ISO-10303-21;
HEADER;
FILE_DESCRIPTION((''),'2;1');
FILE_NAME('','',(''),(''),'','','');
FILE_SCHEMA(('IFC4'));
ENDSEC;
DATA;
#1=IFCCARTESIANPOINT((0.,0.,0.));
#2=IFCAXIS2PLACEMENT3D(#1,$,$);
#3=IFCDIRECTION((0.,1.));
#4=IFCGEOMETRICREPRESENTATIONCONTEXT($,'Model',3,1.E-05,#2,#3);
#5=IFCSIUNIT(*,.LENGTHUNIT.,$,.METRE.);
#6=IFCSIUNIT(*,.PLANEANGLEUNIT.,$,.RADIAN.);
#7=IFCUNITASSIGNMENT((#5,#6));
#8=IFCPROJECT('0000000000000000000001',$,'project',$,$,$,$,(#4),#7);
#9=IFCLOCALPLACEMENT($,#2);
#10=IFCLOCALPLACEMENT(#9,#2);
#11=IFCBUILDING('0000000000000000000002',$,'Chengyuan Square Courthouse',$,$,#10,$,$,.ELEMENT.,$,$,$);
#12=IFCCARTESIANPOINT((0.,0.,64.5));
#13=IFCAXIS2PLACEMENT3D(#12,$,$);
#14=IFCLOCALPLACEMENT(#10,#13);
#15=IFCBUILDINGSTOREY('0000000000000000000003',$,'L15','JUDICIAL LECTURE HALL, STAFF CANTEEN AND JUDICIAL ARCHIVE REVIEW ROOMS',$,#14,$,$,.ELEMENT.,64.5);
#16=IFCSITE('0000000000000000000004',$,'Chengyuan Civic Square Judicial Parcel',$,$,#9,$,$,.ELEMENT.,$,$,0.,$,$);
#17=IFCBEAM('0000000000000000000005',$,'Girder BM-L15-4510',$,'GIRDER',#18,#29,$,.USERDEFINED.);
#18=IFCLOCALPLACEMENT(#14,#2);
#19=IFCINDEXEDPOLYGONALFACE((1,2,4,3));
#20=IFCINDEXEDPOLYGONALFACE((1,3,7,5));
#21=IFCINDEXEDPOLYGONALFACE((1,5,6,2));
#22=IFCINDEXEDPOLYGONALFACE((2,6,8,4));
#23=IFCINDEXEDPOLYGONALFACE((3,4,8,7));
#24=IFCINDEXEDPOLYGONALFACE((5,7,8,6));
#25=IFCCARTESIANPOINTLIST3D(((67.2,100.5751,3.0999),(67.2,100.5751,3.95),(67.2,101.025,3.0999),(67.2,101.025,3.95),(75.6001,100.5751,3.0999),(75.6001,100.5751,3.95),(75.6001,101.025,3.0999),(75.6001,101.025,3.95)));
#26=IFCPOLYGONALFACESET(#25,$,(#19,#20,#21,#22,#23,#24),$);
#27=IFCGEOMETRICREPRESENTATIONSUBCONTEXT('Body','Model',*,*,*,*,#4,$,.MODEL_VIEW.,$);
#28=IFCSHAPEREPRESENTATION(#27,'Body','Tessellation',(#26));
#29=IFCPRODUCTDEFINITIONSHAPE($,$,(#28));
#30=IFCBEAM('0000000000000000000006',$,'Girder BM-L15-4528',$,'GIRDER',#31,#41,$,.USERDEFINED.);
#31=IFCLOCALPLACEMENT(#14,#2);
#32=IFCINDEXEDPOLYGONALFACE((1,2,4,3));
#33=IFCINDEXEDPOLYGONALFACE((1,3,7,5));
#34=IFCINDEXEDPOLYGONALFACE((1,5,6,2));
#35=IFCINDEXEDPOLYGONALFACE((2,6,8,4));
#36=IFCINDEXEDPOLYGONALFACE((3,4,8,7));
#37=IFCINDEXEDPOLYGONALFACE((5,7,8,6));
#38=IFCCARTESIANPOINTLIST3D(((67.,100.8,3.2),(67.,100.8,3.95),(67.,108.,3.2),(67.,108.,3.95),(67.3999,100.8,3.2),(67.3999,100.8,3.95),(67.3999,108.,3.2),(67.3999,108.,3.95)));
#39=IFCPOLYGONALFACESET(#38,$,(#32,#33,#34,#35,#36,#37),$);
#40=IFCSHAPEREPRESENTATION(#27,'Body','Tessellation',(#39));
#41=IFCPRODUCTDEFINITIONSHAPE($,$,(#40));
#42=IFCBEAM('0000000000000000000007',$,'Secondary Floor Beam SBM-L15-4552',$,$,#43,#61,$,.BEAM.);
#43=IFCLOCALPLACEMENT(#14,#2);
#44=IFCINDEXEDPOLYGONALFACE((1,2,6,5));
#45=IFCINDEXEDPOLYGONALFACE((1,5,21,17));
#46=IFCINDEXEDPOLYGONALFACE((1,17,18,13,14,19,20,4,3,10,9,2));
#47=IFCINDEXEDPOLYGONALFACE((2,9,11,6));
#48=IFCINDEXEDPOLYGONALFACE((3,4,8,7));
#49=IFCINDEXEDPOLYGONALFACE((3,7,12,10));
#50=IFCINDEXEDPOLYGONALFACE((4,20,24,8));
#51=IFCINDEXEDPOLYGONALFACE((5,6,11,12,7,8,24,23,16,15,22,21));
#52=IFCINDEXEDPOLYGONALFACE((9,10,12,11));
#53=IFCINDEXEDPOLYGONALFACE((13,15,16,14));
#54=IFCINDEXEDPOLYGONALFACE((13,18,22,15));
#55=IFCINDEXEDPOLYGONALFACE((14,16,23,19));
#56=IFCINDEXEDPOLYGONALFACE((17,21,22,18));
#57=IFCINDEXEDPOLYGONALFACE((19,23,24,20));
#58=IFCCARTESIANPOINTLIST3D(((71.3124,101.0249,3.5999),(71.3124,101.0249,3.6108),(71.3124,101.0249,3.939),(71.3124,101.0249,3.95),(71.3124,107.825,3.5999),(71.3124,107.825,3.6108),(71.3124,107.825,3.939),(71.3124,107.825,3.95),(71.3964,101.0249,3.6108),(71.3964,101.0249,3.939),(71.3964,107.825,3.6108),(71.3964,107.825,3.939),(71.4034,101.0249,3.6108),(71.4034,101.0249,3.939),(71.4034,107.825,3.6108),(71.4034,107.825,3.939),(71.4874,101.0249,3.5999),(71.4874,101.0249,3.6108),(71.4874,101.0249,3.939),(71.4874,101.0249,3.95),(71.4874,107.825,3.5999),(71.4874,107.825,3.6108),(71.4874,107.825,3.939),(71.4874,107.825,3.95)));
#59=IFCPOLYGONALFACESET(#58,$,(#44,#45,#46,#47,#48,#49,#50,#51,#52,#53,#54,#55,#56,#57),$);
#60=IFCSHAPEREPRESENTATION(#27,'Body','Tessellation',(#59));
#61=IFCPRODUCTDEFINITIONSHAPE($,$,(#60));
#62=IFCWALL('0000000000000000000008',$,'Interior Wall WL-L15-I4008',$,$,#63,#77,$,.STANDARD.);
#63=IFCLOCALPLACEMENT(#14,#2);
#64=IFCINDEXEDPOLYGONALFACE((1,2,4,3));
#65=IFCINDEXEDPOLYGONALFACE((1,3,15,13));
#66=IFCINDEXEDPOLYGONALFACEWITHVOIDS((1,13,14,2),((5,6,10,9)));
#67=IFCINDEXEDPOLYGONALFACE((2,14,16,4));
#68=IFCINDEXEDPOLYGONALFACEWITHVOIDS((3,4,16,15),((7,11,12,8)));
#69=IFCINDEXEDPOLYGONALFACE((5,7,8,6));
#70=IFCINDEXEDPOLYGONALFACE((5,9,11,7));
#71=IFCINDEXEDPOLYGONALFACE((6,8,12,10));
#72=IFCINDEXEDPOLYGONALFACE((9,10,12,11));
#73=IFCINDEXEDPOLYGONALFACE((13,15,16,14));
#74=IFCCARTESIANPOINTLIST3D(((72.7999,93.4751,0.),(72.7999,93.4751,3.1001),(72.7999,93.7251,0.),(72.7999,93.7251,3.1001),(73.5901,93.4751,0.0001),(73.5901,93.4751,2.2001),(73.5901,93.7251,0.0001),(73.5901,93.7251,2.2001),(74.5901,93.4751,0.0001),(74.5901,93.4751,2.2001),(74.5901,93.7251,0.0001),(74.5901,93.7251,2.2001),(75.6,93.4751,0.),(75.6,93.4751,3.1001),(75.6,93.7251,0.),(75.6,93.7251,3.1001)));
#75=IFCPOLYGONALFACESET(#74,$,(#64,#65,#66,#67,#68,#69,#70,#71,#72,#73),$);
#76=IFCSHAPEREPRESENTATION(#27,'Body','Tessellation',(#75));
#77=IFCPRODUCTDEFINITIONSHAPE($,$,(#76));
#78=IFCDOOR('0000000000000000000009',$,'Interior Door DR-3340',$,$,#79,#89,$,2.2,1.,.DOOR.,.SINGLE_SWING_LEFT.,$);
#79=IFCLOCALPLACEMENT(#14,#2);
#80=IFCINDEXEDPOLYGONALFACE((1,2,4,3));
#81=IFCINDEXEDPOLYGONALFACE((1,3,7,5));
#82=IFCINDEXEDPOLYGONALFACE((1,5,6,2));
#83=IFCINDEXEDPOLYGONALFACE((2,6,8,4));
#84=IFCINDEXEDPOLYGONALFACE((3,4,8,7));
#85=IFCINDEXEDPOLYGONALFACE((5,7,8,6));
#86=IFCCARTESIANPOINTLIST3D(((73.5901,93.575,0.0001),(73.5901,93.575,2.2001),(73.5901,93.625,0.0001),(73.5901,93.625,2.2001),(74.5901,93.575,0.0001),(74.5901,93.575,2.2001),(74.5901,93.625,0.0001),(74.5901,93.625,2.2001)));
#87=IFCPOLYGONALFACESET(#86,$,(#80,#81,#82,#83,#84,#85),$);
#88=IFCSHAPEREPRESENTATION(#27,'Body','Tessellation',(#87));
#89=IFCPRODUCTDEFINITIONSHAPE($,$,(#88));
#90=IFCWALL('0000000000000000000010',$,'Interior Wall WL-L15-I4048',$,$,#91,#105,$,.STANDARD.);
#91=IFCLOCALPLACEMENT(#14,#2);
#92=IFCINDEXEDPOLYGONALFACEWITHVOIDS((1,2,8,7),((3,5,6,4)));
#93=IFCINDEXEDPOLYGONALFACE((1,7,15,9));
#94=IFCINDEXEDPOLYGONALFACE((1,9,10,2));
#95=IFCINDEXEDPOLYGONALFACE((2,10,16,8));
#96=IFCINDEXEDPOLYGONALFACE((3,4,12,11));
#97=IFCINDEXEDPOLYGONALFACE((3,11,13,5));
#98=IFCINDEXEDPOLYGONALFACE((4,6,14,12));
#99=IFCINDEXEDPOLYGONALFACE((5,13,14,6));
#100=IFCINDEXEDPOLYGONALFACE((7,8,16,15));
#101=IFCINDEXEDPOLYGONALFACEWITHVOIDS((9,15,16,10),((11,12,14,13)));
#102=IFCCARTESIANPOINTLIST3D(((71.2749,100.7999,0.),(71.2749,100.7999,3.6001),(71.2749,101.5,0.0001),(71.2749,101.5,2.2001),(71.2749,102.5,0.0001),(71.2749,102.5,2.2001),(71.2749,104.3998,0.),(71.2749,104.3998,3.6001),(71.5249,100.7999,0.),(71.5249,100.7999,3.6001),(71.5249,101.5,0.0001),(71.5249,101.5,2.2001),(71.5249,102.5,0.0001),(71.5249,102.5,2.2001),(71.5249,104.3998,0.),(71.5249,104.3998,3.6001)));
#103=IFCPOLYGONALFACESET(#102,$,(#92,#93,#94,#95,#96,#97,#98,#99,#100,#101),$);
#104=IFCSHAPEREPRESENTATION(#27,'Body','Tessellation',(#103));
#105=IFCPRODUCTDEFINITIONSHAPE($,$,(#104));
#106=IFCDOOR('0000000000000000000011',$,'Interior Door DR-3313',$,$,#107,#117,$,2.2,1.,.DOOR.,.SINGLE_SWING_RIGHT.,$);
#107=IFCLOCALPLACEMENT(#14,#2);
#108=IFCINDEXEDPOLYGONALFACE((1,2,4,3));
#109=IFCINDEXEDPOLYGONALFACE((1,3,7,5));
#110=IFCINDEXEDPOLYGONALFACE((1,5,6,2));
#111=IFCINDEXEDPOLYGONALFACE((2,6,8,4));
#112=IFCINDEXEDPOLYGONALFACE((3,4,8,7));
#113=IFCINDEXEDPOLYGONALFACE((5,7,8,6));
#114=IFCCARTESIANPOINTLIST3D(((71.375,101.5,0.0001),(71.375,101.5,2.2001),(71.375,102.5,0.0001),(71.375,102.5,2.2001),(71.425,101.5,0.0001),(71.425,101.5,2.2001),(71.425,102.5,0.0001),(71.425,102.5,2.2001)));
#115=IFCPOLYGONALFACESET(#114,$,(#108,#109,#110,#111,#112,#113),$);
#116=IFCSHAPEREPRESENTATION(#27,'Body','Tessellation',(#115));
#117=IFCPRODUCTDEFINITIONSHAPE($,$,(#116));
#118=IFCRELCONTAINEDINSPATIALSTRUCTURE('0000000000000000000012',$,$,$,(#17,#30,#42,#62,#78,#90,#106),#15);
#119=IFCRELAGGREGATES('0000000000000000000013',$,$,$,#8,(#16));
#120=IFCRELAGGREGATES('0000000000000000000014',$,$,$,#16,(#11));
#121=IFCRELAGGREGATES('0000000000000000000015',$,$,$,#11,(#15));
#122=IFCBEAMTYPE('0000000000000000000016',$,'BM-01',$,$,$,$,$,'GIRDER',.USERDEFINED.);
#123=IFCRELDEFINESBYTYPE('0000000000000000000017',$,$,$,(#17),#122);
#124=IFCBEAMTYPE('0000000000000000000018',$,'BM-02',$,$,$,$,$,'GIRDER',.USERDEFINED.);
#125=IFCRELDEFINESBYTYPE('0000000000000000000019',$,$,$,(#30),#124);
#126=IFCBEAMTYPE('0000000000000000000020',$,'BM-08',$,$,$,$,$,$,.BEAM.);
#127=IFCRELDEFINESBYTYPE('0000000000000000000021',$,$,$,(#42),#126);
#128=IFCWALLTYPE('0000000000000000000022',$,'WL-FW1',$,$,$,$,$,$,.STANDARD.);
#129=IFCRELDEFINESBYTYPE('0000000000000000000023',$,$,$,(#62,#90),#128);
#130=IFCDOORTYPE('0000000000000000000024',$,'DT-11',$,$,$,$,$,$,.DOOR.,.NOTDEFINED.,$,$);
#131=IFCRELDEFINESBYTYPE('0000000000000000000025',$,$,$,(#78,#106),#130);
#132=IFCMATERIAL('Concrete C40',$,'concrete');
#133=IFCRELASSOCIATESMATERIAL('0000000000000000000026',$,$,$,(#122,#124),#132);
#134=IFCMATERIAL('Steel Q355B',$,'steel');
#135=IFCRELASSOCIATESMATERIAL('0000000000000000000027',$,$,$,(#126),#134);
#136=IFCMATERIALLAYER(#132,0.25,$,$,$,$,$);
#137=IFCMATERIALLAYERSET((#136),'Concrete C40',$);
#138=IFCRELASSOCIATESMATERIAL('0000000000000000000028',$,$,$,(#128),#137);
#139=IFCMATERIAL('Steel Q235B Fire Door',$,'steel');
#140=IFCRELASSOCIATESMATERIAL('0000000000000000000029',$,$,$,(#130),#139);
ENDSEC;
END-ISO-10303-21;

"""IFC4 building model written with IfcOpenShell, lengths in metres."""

from ifc_helpers import new_model, si_unit, direction, frame, frame_2d, origin, origin_2d, place, context, subcontext, project, spatial, rectangle, i_section, extrude, material, layer, layer_set, material_profile, profile_set, type_object, element, fill, save


model = new_model("IFC4")

# Units and contexts
model_context = context("Model", 3, precision=1e-05, world=origin(), true_north=direction((0.0, 1.0)))
body_context = subcontext(model_context, "Body", "Model", "MODEL_VIEW")
ifc_project = project(units=[si_unit("LENGTHUNIT", "METRE"), si_unit("PLANEANGLEUNIT", "RADIAN")], contexts=[model_context])

# Site, building, storey
site_placement = place(None, origin())
site = spatial("IfcSite", under=ifc_project, at=site_placement, Name="Chengyuan Civic Square Judicial Parcel", CompositionType="ELEMENT", RefElevation=0.0)
building_placement = place(site_placement, origin())
building = spatial("IfcBuilding", under=site, at=building_placement, Name="Chengyuan Square Courthouse", CompositionType="ELEMENT")
storey_placement = place(building_placement, frame((0.0, 0.0, 64.5)))
storey = spatial("IfcBuildingStorey", under=building, at=storey_placement, Name="L15", Description="JUDICIAL LECTURE HALL, STAFF CANTEEN AND JUDICIAL ARCHIVE REVIEW ROOMS", CompositionType="ELEMENT", Elevation=64.5)

# Beams
ifc_material_1 = material(Name="Concrete C40", Category="concrete")
ifc_material_profile_1 = material_profile(ifc_material_1, rectangle(XDim=0.45, YDim=0.8501, at=origin_2d()), Name="RC-BM-450x850")
ifc_profile_set_1 = profile_set([ifc_material_profile_1], Name="Concrete C40")
beam_type_1 = type_object("IfcBeamType", Name="BM-01", ElementType="GIRDER", PredefinedType="USERDEFINED", material=ifc_profile_set_1)
beam_1_placement = place(storey_placement, frame((67.2, 100.8, 3.5249), z_axis=(1.0, 0.0, 0.0), x_axis=(0.0, 1.0, 0.0)))
element("IfcBeam", 1, at=beam_1_placement, inside=storey, type_object=beam_type_1, Name="Girder BM-L15-4510", ObjectType="GIRDER", PredefinedType="USERDEFINED", context=body_context, shape_type="SweptSolid", body=[
    extrude(rectangle(XDim=0.45, YDim=0.8501, at=origin_2d()), origin(), (0.0, 0.0, 1.0), 8.4001),
])
ifc_material_profile_2 = material_profile(ifc_material_1, rectangle(XDim=0.3999, YDim=0.75, at=origin_2d()), Name="RC-BM-400x750")
ifc_profile_set_2 = profile_set([ifc_material_profile_2], Name="Concrete C40")
beam_type_2 = type_object("IfcBeamType", Name="BM-02", ElementType="GIRDER", PredefinedType="USERDEFINED", material=ifc_profile_set_2)
beam_2_placement = place(storey_placement, frame((67.2, 100.8, 3.575), z_axis=(0.0, 1.0, 0.0), x_axis=(-1.0, 0.0, 0.0)))
element("IfcBeam", 2, at=beam_2_placement, inside=storey, type_object=beam_type_2, Name="Girder BM-L15-4528", ObjectType="GIRDER", PredefinedType="USERDEFINED", context=body_context, shape_type="SweptSolid", body=[
    extrude(rectangle(XDim=0.3999, YDim=0.75, at=origin_2d()), origin(), (0.0, 0.0, 1.0), 7.2),
])
ifc_material_2 = material(Name="Steel Q355B", Category="steel")
ifc_material_profile_3 = material_profile(ifc_material_2, i_section(OverallWidth=0.175, OverallDepth=0.3501, WebThickness=0.0071, FlangeThickness=0.011, at=origin_2d()), Name="HN 350x175x7x11")
ifc_profile_set_3 = profile_set([ifc_material_profile_3], Name="Steel Q355B")
beam_type_3 = type_object("IfcBeamType", Name="BM-08", PredefinedType="BEAM", material=ifc_profile_set_3)
beam_3_placement = place(storey_placement, frame((71.3999, 101.0249, 3.7749), z_axis=(0.0, 1.0, 0.0), x_axis=(-1.0, 0.0, 0.0)))
element("IfcBeam", 3, at=beam_3_placement, inside=storey, type_object=beam_type_3, Name="Secondary Floor Beam SBM-L15-4552", PredefinedType="BEAM", context=body_context, shape_type="SweptSolid", body=[
    extrude(i_section(OverallWidth=0.175, OverallDepth=0.3501, WebThickness=0.0071, FlangeThickness=0.011, at=origin_2d()), origin(), (0.0, 0.0, 1.0), 6.8),
])

# Walls, openings, doors
ifc_layer_1 = layer(ifc_material_1, 0.25)
ifc_layer_set_1 = layer_set([ifc_layer_1], Name="Concrete C40")
wall_type_1 = type_object("IfcWallType", Name="WL-FW1", PredefinedType="STANDARD", material=ifc_layer_set_1)
wall_1_placement = place(storey_placement, frame((72.8, 93.6001, 0.0), z_axis=(0.0, 0.0, 1.0), x_axis=(1.0, 0.0, 0.0)))
wall_1 = element("IfcWall", 4, at=wall_1_placement, inside=storey, type_object=wall_type_1, Name="Interior Wall WL-L15-I4008", PredefinedType="STANDARD", context=body_context, shape_type="SweptSolid", body=[
    extrude(rectangle(XDim=2.8, YDim=0.25, at=frame_2d((1.3999, 0.0))), origin(), (0.0, 0.0, 1.0), 3.1001),
])
opening_1_placement = place(wall_1_placement, frame((0.79, 0.0, 0.0)))
opening_1 = element("IfcOpeningElement", 5, at=opening_1_placement, cuts=wall_1, PredefinedType="OPENING", context=body_context, shape_type="SweptSolid", body=[
    extrude(rectangle(XDim=1.0, YDim=2.2, at=frame_2d((0.5, 1.1001))), frame((0.0, 0.137, 0.0), z_axis=(0.0, -1.0, 0.0), x_axis=(1.0, 0.0, 0.0)), (0.0, 0.0, 1.0), 0.2739),
])
ifc_material_3 = material(Name="Steel Q235B Fire Door", Category="steel")
door_type_1 = type_object("IfcDoorType", Name="DT-11", OperationType="NOTDEFINED", PredefinedType="DOOR", material=ifc_material_3)
door_1_placement = place(opening_1_placement, origin())
door_1 = element("IfcDoor", 6, at=door_1_placement, inside=storey, type_object=door_type_1, Name="Interior Door DR-3340", OperationType="SINGLE_SWING_LEFT", OverallHeight=2.2, OverallWidth=1.0, PredefinedType="DOOR", context=body_context, shape_type="SweptSolid", body=[
    extrude(rectangle(XDim=1.0, YDim=2.2, at=frame_2d((0.5, 1.1001))), frame((0.0, 0.0249, 0.0), z_axis=(0.0, -1.0, 0.0), x_axis=(1.0, 0.0, 0.0)), (0.0, 0.0, 1.0), 0.05),
])
fill(opening_1, door_1)
wall_2_placement = place(storey_placement, frame((71.3999, 100.8, 0.0), z_axis=(0.0, 0.0, 1.0), x_axis=(0.0, 1.0, 0.0)))
wall_2 = element("IfcWall", 7, at=wall_2_placement, inside=storey, type_object=wall_type_1, Name="Interior Wall WL-L15-I4048", PredefinedType="STANDARD", context=body_context, shape_type="SweptSolid", body=[
    extrude(rectangle(XDim=3.5999, YDim=0.25, at=frame_2d((1.7998, 0.0))), origin(), (0.0, 0.0, 1.0), 3.6001),
])
opening_2_placement = place(wall_2_placement, frame((0.7, 0.0, 0.0)))
opening_2 = element("IfcOpeningElement", 8, at=opening_2_placement, cuts=wall_2, PredefinedType="OPENING", context=body_context, shape_type="SweptSolid", body=[
    extrude(rectangle(XDim=1.0, YDim=2.2, at=frame_2d((0.5, 1.1001))), frame((0.0, 0.137, 0.0), z_axis=(0.0, -1.0, 0.0), x_axis=(1.0, 0.0, 0.0)), (0.0, 0.0, 1.0), 0.2739),
])
door_2_placement = place(opening_2_placement, origin())
door_2 = element("IfcDoor", 9, at=door_2_placement, inside=storey, type_object=door_type_1, Name="Interior Door DR-3313", OperationType="SINGLE_SWING_RIGHT", OverallHeight=2.2, OverallWidth=1.0, PredefinedType="DOOR", context=body_context, shape_type="SweptSolid", body=[
    extrude(rectangle(XDim=1.0, YDim=2.2, at=frame_2d((0.5, 1.1001))), frame((0.0, 0.0249, 0.0), z_axis=(0.0, -1.0, 0.0), x_axis=(1.0, 0.0, 0.0)), (0.0, 0.0, 1.0), 0.05),
])
fill(opening_2, door_2)

save(model, "model.ifc")
